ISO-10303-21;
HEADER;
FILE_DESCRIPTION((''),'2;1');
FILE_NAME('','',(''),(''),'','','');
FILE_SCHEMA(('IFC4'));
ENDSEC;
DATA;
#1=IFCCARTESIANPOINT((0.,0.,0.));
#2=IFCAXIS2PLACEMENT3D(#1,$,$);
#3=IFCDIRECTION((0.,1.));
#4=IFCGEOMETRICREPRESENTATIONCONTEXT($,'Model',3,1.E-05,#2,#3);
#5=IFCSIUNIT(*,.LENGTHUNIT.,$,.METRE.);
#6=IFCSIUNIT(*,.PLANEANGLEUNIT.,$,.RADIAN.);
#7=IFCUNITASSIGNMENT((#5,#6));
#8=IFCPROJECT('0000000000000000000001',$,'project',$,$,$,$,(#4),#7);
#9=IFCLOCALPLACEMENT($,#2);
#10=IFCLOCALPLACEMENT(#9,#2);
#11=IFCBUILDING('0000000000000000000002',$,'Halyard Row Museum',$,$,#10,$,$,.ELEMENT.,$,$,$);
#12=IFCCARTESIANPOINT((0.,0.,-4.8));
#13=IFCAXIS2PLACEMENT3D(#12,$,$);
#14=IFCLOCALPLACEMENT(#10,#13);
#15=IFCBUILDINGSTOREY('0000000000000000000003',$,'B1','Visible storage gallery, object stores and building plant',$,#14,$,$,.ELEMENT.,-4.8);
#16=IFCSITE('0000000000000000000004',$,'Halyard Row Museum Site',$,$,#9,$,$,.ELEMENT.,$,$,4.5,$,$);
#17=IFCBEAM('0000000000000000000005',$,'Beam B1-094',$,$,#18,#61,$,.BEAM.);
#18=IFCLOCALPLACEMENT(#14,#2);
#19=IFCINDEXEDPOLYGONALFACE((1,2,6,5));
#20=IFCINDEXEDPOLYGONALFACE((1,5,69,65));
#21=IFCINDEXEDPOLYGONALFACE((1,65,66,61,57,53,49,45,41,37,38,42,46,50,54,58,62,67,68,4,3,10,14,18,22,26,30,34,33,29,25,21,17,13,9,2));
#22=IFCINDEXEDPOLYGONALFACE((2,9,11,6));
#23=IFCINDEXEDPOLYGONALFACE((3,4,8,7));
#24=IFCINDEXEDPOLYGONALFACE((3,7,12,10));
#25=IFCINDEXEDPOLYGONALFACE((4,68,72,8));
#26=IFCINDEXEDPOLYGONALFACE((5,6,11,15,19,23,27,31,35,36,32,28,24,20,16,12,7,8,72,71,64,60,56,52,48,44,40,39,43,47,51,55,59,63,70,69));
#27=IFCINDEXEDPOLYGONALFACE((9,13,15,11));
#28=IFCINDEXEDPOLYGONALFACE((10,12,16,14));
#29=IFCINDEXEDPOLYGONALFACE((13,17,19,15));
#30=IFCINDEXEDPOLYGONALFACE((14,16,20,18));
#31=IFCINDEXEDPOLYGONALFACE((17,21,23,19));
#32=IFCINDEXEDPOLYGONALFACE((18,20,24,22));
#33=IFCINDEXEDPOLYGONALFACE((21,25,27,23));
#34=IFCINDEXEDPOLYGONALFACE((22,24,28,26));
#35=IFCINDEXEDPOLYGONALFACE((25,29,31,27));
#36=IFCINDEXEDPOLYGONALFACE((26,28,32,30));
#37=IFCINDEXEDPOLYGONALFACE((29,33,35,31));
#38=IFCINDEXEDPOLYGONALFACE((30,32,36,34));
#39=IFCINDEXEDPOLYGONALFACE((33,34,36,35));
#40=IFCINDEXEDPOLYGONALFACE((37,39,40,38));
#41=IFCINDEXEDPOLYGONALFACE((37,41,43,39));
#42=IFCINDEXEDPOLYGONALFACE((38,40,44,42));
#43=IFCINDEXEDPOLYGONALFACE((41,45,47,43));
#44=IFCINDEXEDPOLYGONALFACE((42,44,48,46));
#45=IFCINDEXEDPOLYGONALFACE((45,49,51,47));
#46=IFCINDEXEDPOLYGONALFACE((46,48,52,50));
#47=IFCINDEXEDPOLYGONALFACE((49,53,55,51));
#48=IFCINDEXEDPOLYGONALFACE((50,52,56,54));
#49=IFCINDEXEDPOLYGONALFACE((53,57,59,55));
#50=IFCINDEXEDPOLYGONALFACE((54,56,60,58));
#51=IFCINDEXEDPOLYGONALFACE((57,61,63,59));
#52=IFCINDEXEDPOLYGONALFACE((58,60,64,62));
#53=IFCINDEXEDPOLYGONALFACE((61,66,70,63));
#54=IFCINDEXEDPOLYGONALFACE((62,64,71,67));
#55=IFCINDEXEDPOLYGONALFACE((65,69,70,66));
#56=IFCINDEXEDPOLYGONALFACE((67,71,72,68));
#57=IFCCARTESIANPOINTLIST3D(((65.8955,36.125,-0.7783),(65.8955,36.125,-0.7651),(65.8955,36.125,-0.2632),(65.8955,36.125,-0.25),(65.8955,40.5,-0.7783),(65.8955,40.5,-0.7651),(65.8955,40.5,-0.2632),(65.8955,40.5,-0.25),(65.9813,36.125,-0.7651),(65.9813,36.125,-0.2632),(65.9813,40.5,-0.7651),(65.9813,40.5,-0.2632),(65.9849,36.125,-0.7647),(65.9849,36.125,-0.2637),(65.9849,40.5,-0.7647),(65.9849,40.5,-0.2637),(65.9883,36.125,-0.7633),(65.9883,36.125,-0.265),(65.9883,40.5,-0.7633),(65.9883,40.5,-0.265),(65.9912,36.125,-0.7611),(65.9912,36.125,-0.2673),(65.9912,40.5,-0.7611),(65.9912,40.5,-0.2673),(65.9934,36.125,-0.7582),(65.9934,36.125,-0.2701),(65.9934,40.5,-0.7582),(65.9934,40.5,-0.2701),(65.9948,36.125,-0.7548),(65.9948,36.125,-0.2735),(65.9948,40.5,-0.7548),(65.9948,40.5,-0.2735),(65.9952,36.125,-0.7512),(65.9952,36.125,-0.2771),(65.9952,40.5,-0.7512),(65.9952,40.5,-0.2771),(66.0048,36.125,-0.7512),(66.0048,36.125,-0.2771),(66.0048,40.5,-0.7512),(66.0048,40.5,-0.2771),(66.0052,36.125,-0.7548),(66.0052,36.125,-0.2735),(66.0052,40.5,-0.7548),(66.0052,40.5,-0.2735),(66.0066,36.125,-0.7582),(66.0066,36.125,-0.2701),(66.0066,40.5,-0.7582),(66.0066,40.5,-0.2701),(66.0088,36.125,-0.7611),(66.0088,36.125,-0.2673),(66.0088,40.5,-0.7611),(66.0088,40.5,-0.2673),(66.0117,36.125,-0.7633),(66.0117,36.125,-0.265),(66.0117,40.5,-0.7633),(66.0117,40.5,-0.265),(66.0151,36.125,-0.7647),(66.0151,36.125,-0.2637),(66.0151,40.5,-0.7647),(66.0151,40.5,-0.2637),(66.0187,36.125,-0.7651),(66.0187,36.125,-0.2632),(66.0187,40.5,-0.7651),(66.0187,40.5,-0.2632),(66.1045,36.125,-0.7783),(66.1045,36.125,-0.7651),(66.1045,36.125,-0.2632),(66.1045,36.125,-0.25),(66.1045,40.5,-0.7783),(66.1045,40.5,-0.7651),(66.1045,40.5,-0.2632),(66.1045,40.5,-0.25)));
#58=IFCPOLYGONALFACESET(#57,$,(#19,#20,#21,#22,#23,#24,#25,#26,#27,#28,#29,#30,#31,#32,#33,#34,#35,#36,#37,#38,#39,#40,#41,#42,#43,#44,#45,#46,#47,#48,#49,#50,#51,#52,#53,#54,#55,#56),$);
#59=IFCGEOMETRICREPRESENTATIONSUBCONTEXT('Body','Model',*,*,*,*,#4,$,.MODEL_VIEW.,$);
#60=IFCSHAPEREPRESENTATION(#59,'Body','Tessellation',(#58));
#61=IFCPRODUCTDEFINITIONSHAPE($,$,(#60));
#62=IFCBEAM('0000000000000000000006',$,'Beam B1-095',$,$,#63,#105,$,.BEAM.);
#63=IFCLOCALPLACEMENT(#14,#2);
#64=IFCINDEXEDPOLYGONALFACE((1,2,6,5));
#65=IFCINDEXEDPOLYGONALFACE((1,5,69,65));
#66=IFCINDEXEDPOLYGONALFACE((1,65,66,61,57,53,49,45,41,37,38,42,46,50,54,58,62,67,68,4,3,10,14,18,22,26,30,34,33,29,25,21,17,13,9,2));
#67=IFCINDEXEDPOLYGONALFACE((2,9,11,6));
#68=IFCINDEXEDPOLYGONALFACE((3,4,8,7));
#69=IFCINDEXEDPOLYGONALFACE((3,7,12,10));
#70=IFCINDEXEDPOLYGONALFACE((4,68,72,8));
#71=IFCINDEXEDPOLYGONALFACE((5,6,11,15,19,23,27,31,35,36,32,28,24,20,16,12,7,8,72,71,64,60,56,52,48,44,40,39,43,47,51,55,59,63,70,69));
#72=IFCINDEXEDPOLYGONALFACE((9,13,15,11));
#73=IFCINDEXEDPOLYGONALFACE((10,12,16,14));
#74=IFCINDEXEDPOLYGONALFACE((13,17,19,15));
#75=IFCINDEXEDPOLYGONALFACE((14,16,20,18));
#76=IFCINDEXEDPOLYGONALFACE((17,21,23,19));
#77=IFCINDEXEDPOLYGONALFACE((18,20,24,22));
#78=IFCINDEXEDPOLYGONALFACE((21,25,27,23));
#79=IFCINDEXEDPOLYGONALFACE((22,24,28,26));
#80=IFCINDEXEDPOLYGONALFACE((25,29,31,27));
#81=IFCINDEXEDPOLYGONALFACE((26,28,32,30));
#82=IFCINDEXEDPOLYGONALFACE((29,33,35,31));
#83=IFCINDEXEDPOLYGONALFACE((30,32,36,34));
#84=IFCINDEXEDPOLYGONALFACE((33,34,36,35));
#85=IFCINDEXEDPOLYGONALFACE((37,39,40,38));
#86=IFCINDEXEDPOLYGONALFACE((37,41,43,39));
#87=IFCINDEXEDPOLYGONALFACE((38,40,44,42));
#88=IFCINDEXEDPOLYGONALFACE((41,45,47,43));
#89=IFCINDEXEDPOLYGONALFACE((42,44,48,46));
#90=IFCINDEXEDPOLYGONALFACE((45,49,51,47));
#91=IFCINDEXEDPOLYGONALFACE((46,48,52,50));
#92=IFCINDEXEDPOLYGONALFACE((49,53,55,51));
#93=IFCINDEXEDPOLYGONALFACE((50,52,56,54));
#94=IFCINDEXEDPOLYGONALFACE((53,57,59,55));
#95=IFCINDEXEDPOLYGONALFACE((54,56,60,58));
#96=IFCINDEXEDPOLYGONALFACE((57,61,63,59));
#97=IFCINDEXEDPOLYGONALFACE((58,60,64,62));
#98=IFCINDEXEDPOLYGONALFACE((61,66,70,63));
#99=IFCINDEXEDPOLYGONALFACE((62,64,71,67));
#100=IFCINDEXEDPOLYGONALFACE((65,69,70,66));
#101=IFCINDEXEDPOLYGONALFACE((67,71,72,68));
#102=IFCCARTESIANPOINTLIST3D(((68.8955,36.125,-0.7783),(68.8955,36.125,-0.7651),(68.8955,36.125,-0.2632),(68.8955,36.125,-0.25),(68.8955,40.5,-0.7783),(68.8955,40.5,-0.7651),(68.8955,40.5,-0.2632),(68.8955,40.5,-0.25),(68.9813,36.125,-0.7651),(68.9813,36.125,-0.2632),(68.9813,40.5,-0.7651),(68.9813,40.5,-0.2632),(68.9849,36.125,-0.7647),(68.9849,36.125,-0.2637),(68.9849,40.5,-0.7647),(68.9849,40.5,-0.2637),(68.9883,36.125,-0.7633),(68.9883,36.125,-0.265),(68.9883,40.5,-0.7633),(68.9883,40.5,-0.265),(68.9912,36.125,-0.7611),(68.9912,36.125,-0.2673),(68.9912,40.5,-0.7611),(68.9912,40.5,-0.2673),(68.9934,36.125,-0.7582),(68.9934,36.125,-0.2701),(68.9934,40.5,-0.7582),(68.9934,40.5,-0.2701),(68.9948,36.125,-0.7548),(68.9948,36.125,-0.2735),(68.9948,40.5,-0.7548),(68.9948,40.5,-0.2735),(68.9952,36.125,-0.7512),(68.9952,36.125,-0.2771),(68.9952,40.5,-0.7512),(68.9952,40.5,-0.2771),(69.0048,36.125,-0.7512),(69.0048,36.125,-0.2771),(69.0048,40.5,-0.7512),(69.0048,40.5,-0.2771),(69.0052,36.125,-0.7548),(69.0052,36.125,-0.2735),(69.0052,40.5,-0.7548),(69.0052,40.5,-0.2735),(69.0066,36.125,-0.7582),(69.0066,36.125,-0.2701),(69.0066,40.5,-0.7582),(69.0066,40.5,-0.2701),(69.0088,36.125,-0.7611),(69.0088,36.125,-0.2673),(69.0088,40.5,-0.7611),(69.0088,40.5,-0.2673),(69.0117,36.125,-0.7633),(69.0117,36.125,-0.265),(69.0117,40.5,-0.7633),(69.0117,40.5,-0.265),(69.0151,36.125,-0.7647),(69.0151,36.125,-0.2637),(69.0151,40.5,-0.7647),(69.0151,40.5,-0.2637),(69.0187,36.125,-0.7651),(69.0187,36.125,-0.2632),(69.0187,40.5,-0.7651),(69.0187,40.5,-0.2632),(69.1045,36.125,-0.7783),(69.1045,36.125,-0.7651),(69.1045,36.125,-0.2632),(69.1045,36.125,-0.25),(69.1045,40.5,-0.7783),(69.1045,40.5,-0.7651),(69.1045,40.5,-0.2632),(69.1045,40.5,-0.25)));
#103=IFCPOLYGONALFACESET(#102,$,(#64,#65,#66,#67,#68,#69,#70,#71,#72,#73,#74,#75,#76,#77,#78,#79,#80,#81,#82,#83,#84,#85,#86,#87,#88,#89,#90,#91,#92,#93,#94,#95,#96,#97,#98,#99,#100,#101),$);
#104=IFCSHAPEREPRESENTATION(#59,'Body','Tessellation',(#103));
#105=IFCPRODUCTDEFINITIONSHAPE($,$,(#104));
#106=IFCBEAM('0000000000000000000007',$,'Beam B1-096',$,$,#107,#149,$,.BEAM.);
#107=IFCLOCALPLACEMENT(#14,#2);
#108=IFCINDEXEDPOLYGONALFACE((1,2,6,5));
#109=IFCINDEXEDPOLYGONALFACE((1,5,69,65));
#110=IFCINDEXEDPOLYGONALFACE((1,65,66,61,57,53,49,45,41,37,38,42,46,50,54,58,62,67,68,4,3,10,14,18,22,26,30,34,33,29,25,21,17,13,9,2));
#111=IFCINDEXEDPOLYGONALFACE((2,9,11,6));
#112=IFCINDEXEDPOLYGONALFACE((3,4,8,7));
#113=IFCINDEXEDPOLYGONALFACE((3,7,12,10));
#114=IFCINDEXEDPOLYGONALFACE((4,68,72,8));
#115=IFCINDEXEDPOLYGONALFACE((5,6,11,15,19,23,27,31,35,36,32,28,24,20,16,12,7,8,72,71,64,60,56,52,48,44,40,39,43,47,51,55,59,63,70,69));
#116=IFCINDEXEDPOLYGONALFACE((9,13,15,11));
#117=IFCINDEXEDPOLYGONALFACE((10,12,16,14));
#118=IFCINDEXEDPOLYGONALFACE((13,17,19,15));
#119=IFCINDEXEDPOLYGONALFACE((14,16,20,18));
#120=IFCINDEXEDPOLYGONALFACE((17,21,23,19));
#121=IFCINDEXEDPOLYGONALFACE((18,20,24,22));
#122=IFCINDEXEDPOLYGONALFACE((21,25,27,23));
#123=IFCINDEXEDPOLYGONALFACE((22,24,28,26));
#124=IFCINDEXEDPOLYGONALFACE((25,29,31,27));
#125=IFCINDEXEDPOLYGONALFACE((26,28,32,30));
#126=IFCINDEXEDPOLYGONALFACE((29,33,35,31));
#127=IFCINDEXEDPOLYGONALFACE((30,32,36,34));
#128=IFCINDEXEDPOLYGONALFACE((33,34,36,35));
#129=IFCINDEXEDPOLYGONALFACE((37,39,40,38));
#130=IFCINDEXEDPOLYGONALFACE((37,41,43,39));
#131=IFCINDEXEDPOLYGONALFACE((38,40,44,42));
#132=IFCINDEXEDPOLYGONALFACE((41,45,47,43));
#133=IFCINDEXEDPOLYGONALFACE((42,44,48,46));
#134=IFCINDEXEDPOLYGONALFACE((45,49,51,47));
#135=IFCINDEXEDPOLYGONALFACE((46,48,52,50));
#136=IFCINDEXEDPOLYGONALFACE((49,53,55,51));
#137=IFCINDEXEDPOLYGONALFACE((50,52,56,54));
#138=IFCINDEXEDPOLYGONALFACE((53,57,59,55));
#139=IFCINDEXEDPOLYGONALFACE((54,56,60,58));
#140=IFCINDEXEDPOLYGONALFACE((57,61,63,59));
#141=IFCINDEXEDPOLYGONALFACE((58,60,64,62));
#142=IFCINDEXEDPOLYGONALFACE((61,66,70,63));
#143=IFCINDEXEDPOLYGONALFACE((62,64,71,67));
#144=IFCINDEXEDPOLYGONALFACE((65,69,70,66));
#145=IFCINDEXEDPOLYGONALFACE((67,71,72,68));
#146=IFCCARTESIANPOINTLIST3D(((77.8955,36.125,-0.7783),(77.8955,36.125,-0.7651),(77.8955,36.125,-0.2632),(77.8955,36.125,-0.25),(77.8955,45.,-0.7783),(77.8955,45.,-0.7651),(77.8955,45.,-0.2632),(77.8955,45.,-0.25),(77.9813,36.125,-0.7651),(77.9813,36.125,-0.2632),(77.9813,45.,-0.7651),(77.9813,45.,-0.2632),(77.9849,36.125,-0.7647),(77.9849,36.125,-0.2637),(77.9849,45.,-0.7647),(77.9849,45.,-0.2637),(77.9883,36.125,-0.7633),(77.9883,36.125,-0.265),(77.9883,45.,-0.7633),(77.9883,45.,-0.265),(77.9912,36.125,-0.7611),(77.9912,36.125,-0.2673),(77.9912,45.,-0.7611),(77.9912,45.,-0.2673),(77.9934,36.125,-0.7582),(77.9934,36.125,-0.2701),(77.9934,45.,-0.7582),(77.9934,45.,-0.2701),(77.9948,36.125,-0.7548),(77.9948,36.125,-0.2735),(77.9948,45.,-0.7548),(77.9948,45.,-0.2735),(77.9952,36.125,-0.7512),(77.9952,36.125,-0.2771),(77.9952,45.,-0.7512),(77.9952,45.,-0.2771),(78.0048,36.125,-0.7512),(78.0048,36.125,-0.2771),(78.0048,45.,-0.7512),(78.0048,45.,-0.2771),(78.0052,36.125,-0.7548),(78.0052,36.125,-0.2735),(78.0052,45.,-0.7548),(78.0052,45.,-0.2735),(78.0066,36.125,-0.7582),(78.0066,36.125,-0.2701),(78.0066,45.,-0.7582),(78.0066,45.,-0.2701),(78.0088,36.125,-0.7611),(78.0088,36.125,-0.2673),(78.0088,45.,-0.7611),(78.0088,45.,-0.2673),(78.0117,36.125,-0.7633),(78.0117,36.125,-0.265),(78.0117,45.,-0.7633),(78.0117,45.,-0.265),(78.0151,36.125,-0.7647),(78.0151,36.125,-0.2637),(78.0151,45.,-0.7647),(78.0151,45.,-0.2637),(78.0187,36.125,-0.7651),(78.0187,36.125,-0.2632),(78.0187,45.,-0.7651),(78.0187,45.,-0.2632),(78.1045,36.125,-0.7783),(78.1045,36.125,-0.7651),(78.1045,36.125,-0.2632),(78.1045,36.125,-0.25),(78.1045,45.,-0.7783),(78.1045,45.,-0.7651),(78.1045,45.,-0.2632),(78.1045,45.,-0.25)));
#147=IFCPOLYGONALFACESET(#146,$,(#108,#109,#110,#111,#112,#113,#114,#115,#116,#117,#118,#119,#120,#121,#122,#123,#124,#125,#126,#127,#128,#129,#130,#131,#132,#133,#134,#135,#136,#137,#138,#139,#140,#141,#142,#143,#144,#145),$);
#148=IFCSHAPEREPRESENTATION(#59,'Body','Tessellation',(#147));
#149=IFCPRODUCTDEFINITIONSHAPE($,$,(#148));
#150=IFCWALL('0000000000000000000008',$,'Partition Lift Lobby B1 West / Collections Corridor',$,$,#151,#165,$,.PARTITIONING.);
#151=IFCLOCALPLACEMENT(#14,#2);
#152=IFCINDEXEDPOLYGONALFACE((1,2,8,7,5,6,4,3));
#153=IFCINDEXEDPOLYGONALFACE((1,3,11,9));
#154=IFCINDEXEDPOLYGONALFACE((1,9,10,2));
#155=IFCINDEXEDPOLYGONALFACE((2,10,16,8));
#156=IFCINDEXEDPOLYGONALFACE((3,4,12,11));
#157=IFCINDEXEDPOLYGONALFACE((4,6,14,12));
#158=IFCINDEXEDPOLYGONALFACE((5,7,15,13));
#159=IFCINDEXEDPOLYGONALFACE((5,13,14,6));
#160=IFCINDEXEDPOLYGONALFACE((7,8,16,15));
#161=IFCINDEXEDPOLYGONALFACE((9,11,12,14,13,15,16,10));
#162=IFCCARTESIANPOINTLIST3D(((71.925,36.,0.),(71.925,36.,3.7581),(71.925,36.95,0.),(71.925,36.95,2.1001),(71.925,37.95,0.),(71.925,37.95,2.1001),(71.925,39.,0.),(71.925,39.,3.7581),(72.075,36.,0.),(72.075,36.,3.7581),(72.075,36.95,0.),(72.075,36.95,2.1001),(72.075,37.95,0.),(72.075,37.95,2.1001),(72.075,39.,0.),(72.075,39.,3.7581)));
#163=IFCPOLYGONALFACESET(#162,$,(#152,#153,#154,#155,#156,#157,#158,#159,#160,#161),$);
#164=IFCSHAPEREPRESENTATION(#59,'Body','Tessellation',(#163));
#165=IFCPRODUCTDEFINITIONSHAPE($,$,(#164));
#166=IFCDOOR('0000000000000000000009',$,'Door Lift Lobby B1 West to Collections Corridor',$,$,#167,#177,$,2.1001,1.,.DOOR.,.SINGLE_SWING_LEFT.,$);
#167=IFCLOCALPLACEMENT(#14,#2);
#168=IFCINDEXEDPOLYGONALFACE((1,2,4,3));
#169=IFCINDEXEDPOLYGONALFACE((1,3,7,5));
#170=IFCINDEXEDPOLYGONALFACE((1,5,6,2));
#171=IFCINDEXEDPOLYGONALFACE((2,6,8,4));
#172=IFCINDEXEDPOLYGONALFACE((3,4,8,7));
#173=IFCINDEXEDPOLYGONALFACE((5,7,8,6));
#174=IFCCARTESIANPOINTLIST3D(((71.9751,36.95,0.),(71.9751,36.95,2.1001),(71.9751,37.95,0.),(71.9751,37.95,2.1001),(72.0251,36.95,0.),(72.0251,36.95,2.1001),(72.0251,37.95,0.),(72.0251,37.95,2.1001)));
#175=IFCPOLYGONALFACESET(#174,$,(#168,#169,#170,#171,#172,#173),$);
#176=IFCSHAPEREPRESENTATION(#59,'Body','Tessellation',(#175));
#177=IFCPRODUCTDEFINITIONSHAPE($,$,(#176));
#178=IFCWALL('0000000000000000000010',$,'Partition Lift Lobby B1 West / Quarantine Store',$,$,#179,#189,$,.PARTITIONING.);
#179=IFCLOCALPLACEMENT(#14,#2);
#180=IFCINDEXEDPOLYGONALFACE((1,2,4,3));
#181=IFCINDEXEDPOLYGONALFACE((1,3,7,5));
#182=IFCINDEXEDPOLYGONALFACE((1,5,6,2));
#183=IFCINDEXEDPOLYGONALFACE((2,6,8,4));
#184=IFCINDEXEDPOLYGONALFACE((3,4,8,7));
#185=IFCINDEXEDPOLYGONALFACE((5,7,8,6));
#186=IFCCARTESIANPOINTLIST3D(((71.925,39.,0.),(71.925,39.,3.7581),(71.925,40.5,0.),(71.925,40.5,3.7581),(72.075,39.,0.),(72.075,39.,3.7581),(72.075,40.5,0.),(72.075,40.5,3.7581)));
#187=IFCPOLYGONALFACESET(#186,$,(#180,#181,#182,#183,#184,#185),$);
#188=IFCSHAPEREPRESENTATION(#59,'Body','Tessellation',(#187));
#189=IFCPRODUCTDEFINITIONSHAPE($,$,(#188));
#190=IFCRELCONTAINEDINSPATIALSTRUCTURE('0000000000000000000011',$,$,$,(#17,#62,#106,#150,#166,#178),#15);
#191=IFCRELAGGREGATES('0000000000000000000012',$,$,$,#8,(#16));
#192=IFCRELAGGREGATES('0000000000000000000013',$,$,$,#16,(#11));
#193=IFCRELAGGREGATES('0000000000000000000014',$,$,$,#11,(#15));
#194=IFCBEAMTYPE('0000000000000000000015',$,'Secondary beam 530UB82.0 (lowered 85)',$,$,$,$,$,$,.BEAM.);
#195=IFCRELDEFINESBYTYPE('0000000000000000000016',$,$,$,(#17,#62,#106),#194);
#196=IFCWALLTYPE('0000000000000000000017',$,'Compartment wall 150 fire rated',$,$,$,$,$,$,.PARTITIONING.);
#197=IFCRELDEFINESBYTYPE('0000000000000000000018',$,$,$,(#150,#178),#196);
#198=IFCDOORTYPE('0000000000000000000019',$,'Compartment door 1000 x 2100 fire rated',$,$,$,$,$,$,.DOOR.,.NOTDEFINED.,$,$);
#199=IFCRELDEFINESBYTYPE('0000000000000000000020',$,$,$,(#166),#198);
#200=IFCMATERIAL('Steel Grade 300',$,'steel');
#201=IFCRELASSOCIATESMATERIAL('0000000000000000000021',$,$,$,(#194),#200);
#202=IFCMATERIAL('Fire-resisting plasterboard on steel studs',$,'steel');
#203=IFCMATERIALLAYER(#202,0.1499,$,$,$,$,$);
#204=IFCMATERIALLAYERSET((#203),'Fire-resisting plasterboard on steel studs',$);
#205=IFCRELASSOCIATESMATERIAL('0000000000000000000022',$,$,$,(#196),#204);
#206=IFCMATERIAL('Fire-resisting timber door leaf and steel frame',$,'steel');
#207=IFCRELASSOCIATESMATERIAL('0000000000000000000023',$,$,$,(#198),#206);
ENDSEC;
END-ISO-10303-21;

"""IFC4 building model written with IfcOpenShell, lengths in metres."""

from ifc_helpers import new_model, si_unit, direction, frame, frame_2d, origin, origin_2d, place, context, subcontext, project, spatial, rectangle, i_section, extrude, material, layer, layer_set, material_profile, profile_set, type_object, element, fill, save


model = new_model("IFC4")

# Units and contexts
model_context = context("Model", 3, precision=1e-05, world=origin(), true_north=direction((0.0, 1.0)))
body_context = subcontext(model_context, "Body", "Model", "MODEL_VIEW")
ifc_project = project(units=[si_unit("LENGTHUNIT", "METRE"), si_unit("PLANEANGLEUNIT", "RADIAN")], contexts=[model_context])

# Site, building, storey
site_placement = place(None, origin())
site = spatial("IfcSite", under=ifc_project, at=site_placement, Name="Halyard Row Museum Site", CompositionType="ELEMENT", RefElevation=4.5)
building_placement = place(site_placement, origin())
building = spatial("IfcBuilding", under=site, at=building_placement, Name="Halyard Row Museum", CompositionType="ELEMENT")
storey_placement = place(building_placement, frame((0.0, 0.0, -4.8)))
storey = spatial("IfcBuildingStorey", under=building, at=storey_placement, Name="B1", Description="Visible storage gallery, object stores and building plant", CompositionType="ELEMENT", Elevation=-4.8)

# Beams
ifc_material_1 = material(Name="Steel Grade 300", Category="steel")
ifc_material_profile_1 = material_profile(ifc_material_1, i_section(OverallWidth=0.209, OverallDepth=0.5283, WebThickness=0.0095, FlangeThickness=0.0132, FilletRadius=0.0139, at=origin_2d()), Name="530UB82.0")
ifc_profile_set_1 = profile_set([ifc_material_profile_1], Name="Steel Grade 300")
beam_type_1 = type_object("IfcBeamType", Name="Secondary beam 530UB82.0 (lowered 85)", PredefinedType="BEAM", material=ifc_profile_set_1)
for number, where, z_axis, x_axis, name in (
    (1, (66.0, 36.125, -0.5142), (0.0, 1.0, 0.0), (-1.0, 0.0, 0.0), "Beam B1-094"),
    (2, (69.0, 36.125, -0.5142), (0.0, 1.0, 0.0), (-1.0, 0.0, 0.0), "Beam B1-095"),
):
    element("IfcBeam", number, at=place(storey_placement, frame(where, z_axis=z_axis, x_axis=x_axis)), inside=storey, type_object=beam_type_1, Name=name, PredefinedType="BEAM", context=body_context, shape_type="SweptSolid", body=[
        extrude(i_section(OverallWidth=0.209, OverallDepth=0.5283, WebThickness=0.0095, FlangeThickness=0.0132, FilletRadius=0.0139, at=origin_2d()), origin(), (0.0, 0.0, 1.0), 4.375),
    ])
beam_1_placement = place(storey_placement, frame((78.0, 36.125, -0.5142), z_axis=(0.0, 1.0, 0.0), x_axis=(-1.0, 0.0, 0.0)))
element("IfcBeam", 3, at=beam_1_placement, inside=storey, type_object=beam_type_1, Name="Beam B1-096", PredefinedType="BEAM", context=body_context, shape_type="SweptSolid", body=[
    extrude(i_section(OverallWidth=0.209, OverallDepth=0.5283, WebThickness=0.0095, FlangeThickness=0.0132, FilletRadius=0.0139, at=origin_2d()), origin(), (0.0, 0.0, 1.0), 8.875),
])

# Wall, opening, door
ifc_material_2 = material(Name="Fire-resisting plasterboard on steel studs", Category="steel")
ifc_layer_1 = layer(ifc_material_2, 0.1499)
ifc_layer_set_1 = layer_set([ifc_layer_1], Name="Fire-resisting plasterboard on steel studs")
wall_type_1 = type_object("IfcWallType", Name="Compartment wall 150 fire rated", PredefinedType="PARTITIONING", material=ifc_layer_set_1)
wall_1_placement = place(storey_placement, frame((72.0, 36.0, 0.0), z_axis=(0.0, 0.0, 1.0), x_axis=(0.0, 1.0, 0.0)))
wall_1 = element("IfcWall", 4, at=wall_1_placement, inside=storey, type_object=wall_type_1, Name="Partition Lift Lobby B1 West / Collections Corridor", PredefinedType="PARTITIONING", context=body_context, shape_type="SweptSolid", body=[
    extrude(rectangle(XDim=3.0, YDim=0.1499, at=frame_2d((1.5, 0.0))), origin(), (0.0, 0.0, 1.0), 3.7581),
])
opening_1_placement = place(wall_1_placement, frame((0.95, 0.0, 0.0)))
opening_1 = element("IfcOpeningElement", 5, at=opening_1_placement, cuts=wall_1, PredefinedType="OPENING", context=body_context, shape_type="SweptSolid", body=[
    extrude(rectangle(XDim=1.0, YDim=2.1001, at=frame_2d((0.5, 1.05))), frame((0.0, 0.085, 0.0), z_axis=(0.0, -1.0, 0.0), x_axis=(1.0, 0.0, 0.0)), (0.0, 0.0, 1.0), 0.1699),
])
ifc_material_3 = material(Name="Fire-resisting timber door leaf and steel frame", Category="steel")
door_type_1 = type_object("IfcDoorType", Name="Compartment door 1000 x 2100 fire rated", OperationType="NOTDEFINED", PredefinedType="DOOR", material=ifc_material_3)
door_1_placement = place(opening_1_placement, origin())
door_1 = element("IfcDoor", 6, at=door_1_placement, inside=storey, type_object=door_type_1, Name="Door Lift Lobby B1 West to Collections Corridor", OperationType="SINGLE_SWING_LEFT", OverallHeight=2.1001, OverallWidth=1.0, PredefinedType="DOOR", context=body_context, shape_type="SweptSolid", body=[
    extrude(rectangle(XDim=1.0, YDim=2.1001, at=frame_2d((0.5, 1.05))), frame((0.0, 0.0249, 0.0), z_axis=(0.0, -1.0, 0.0), x_axis=(1.0, 0.0, 0.0)), (0.0, 0.0, 1.0), 0.05),
])
fill(opening_1, door_1)

# Wall
wall_2_placement = place(storey_placement, frame((72.0, 39.0, 0.0), z_axis=(0.0, 0.0, 1.0), x_axis=(0.0, 1.0, 0.0)))
element("IfcWall", 7, at=wall_2_placement, inside=storey, type_object=wall_type_1, Name="Partition Lift Lobby B1 West / Quarantine Store", PredefinedType="PARTITIONING", context=body_context, shape_type="SweptSolid", body=[
    extrude(rectangle(XDim=1.5, YDim=0.1499, at=frame_2d((0.75, 0.0))), origin(), (0.0, 0.0, 1.0), 3.7581),
])

save(model, "model.ifc")
